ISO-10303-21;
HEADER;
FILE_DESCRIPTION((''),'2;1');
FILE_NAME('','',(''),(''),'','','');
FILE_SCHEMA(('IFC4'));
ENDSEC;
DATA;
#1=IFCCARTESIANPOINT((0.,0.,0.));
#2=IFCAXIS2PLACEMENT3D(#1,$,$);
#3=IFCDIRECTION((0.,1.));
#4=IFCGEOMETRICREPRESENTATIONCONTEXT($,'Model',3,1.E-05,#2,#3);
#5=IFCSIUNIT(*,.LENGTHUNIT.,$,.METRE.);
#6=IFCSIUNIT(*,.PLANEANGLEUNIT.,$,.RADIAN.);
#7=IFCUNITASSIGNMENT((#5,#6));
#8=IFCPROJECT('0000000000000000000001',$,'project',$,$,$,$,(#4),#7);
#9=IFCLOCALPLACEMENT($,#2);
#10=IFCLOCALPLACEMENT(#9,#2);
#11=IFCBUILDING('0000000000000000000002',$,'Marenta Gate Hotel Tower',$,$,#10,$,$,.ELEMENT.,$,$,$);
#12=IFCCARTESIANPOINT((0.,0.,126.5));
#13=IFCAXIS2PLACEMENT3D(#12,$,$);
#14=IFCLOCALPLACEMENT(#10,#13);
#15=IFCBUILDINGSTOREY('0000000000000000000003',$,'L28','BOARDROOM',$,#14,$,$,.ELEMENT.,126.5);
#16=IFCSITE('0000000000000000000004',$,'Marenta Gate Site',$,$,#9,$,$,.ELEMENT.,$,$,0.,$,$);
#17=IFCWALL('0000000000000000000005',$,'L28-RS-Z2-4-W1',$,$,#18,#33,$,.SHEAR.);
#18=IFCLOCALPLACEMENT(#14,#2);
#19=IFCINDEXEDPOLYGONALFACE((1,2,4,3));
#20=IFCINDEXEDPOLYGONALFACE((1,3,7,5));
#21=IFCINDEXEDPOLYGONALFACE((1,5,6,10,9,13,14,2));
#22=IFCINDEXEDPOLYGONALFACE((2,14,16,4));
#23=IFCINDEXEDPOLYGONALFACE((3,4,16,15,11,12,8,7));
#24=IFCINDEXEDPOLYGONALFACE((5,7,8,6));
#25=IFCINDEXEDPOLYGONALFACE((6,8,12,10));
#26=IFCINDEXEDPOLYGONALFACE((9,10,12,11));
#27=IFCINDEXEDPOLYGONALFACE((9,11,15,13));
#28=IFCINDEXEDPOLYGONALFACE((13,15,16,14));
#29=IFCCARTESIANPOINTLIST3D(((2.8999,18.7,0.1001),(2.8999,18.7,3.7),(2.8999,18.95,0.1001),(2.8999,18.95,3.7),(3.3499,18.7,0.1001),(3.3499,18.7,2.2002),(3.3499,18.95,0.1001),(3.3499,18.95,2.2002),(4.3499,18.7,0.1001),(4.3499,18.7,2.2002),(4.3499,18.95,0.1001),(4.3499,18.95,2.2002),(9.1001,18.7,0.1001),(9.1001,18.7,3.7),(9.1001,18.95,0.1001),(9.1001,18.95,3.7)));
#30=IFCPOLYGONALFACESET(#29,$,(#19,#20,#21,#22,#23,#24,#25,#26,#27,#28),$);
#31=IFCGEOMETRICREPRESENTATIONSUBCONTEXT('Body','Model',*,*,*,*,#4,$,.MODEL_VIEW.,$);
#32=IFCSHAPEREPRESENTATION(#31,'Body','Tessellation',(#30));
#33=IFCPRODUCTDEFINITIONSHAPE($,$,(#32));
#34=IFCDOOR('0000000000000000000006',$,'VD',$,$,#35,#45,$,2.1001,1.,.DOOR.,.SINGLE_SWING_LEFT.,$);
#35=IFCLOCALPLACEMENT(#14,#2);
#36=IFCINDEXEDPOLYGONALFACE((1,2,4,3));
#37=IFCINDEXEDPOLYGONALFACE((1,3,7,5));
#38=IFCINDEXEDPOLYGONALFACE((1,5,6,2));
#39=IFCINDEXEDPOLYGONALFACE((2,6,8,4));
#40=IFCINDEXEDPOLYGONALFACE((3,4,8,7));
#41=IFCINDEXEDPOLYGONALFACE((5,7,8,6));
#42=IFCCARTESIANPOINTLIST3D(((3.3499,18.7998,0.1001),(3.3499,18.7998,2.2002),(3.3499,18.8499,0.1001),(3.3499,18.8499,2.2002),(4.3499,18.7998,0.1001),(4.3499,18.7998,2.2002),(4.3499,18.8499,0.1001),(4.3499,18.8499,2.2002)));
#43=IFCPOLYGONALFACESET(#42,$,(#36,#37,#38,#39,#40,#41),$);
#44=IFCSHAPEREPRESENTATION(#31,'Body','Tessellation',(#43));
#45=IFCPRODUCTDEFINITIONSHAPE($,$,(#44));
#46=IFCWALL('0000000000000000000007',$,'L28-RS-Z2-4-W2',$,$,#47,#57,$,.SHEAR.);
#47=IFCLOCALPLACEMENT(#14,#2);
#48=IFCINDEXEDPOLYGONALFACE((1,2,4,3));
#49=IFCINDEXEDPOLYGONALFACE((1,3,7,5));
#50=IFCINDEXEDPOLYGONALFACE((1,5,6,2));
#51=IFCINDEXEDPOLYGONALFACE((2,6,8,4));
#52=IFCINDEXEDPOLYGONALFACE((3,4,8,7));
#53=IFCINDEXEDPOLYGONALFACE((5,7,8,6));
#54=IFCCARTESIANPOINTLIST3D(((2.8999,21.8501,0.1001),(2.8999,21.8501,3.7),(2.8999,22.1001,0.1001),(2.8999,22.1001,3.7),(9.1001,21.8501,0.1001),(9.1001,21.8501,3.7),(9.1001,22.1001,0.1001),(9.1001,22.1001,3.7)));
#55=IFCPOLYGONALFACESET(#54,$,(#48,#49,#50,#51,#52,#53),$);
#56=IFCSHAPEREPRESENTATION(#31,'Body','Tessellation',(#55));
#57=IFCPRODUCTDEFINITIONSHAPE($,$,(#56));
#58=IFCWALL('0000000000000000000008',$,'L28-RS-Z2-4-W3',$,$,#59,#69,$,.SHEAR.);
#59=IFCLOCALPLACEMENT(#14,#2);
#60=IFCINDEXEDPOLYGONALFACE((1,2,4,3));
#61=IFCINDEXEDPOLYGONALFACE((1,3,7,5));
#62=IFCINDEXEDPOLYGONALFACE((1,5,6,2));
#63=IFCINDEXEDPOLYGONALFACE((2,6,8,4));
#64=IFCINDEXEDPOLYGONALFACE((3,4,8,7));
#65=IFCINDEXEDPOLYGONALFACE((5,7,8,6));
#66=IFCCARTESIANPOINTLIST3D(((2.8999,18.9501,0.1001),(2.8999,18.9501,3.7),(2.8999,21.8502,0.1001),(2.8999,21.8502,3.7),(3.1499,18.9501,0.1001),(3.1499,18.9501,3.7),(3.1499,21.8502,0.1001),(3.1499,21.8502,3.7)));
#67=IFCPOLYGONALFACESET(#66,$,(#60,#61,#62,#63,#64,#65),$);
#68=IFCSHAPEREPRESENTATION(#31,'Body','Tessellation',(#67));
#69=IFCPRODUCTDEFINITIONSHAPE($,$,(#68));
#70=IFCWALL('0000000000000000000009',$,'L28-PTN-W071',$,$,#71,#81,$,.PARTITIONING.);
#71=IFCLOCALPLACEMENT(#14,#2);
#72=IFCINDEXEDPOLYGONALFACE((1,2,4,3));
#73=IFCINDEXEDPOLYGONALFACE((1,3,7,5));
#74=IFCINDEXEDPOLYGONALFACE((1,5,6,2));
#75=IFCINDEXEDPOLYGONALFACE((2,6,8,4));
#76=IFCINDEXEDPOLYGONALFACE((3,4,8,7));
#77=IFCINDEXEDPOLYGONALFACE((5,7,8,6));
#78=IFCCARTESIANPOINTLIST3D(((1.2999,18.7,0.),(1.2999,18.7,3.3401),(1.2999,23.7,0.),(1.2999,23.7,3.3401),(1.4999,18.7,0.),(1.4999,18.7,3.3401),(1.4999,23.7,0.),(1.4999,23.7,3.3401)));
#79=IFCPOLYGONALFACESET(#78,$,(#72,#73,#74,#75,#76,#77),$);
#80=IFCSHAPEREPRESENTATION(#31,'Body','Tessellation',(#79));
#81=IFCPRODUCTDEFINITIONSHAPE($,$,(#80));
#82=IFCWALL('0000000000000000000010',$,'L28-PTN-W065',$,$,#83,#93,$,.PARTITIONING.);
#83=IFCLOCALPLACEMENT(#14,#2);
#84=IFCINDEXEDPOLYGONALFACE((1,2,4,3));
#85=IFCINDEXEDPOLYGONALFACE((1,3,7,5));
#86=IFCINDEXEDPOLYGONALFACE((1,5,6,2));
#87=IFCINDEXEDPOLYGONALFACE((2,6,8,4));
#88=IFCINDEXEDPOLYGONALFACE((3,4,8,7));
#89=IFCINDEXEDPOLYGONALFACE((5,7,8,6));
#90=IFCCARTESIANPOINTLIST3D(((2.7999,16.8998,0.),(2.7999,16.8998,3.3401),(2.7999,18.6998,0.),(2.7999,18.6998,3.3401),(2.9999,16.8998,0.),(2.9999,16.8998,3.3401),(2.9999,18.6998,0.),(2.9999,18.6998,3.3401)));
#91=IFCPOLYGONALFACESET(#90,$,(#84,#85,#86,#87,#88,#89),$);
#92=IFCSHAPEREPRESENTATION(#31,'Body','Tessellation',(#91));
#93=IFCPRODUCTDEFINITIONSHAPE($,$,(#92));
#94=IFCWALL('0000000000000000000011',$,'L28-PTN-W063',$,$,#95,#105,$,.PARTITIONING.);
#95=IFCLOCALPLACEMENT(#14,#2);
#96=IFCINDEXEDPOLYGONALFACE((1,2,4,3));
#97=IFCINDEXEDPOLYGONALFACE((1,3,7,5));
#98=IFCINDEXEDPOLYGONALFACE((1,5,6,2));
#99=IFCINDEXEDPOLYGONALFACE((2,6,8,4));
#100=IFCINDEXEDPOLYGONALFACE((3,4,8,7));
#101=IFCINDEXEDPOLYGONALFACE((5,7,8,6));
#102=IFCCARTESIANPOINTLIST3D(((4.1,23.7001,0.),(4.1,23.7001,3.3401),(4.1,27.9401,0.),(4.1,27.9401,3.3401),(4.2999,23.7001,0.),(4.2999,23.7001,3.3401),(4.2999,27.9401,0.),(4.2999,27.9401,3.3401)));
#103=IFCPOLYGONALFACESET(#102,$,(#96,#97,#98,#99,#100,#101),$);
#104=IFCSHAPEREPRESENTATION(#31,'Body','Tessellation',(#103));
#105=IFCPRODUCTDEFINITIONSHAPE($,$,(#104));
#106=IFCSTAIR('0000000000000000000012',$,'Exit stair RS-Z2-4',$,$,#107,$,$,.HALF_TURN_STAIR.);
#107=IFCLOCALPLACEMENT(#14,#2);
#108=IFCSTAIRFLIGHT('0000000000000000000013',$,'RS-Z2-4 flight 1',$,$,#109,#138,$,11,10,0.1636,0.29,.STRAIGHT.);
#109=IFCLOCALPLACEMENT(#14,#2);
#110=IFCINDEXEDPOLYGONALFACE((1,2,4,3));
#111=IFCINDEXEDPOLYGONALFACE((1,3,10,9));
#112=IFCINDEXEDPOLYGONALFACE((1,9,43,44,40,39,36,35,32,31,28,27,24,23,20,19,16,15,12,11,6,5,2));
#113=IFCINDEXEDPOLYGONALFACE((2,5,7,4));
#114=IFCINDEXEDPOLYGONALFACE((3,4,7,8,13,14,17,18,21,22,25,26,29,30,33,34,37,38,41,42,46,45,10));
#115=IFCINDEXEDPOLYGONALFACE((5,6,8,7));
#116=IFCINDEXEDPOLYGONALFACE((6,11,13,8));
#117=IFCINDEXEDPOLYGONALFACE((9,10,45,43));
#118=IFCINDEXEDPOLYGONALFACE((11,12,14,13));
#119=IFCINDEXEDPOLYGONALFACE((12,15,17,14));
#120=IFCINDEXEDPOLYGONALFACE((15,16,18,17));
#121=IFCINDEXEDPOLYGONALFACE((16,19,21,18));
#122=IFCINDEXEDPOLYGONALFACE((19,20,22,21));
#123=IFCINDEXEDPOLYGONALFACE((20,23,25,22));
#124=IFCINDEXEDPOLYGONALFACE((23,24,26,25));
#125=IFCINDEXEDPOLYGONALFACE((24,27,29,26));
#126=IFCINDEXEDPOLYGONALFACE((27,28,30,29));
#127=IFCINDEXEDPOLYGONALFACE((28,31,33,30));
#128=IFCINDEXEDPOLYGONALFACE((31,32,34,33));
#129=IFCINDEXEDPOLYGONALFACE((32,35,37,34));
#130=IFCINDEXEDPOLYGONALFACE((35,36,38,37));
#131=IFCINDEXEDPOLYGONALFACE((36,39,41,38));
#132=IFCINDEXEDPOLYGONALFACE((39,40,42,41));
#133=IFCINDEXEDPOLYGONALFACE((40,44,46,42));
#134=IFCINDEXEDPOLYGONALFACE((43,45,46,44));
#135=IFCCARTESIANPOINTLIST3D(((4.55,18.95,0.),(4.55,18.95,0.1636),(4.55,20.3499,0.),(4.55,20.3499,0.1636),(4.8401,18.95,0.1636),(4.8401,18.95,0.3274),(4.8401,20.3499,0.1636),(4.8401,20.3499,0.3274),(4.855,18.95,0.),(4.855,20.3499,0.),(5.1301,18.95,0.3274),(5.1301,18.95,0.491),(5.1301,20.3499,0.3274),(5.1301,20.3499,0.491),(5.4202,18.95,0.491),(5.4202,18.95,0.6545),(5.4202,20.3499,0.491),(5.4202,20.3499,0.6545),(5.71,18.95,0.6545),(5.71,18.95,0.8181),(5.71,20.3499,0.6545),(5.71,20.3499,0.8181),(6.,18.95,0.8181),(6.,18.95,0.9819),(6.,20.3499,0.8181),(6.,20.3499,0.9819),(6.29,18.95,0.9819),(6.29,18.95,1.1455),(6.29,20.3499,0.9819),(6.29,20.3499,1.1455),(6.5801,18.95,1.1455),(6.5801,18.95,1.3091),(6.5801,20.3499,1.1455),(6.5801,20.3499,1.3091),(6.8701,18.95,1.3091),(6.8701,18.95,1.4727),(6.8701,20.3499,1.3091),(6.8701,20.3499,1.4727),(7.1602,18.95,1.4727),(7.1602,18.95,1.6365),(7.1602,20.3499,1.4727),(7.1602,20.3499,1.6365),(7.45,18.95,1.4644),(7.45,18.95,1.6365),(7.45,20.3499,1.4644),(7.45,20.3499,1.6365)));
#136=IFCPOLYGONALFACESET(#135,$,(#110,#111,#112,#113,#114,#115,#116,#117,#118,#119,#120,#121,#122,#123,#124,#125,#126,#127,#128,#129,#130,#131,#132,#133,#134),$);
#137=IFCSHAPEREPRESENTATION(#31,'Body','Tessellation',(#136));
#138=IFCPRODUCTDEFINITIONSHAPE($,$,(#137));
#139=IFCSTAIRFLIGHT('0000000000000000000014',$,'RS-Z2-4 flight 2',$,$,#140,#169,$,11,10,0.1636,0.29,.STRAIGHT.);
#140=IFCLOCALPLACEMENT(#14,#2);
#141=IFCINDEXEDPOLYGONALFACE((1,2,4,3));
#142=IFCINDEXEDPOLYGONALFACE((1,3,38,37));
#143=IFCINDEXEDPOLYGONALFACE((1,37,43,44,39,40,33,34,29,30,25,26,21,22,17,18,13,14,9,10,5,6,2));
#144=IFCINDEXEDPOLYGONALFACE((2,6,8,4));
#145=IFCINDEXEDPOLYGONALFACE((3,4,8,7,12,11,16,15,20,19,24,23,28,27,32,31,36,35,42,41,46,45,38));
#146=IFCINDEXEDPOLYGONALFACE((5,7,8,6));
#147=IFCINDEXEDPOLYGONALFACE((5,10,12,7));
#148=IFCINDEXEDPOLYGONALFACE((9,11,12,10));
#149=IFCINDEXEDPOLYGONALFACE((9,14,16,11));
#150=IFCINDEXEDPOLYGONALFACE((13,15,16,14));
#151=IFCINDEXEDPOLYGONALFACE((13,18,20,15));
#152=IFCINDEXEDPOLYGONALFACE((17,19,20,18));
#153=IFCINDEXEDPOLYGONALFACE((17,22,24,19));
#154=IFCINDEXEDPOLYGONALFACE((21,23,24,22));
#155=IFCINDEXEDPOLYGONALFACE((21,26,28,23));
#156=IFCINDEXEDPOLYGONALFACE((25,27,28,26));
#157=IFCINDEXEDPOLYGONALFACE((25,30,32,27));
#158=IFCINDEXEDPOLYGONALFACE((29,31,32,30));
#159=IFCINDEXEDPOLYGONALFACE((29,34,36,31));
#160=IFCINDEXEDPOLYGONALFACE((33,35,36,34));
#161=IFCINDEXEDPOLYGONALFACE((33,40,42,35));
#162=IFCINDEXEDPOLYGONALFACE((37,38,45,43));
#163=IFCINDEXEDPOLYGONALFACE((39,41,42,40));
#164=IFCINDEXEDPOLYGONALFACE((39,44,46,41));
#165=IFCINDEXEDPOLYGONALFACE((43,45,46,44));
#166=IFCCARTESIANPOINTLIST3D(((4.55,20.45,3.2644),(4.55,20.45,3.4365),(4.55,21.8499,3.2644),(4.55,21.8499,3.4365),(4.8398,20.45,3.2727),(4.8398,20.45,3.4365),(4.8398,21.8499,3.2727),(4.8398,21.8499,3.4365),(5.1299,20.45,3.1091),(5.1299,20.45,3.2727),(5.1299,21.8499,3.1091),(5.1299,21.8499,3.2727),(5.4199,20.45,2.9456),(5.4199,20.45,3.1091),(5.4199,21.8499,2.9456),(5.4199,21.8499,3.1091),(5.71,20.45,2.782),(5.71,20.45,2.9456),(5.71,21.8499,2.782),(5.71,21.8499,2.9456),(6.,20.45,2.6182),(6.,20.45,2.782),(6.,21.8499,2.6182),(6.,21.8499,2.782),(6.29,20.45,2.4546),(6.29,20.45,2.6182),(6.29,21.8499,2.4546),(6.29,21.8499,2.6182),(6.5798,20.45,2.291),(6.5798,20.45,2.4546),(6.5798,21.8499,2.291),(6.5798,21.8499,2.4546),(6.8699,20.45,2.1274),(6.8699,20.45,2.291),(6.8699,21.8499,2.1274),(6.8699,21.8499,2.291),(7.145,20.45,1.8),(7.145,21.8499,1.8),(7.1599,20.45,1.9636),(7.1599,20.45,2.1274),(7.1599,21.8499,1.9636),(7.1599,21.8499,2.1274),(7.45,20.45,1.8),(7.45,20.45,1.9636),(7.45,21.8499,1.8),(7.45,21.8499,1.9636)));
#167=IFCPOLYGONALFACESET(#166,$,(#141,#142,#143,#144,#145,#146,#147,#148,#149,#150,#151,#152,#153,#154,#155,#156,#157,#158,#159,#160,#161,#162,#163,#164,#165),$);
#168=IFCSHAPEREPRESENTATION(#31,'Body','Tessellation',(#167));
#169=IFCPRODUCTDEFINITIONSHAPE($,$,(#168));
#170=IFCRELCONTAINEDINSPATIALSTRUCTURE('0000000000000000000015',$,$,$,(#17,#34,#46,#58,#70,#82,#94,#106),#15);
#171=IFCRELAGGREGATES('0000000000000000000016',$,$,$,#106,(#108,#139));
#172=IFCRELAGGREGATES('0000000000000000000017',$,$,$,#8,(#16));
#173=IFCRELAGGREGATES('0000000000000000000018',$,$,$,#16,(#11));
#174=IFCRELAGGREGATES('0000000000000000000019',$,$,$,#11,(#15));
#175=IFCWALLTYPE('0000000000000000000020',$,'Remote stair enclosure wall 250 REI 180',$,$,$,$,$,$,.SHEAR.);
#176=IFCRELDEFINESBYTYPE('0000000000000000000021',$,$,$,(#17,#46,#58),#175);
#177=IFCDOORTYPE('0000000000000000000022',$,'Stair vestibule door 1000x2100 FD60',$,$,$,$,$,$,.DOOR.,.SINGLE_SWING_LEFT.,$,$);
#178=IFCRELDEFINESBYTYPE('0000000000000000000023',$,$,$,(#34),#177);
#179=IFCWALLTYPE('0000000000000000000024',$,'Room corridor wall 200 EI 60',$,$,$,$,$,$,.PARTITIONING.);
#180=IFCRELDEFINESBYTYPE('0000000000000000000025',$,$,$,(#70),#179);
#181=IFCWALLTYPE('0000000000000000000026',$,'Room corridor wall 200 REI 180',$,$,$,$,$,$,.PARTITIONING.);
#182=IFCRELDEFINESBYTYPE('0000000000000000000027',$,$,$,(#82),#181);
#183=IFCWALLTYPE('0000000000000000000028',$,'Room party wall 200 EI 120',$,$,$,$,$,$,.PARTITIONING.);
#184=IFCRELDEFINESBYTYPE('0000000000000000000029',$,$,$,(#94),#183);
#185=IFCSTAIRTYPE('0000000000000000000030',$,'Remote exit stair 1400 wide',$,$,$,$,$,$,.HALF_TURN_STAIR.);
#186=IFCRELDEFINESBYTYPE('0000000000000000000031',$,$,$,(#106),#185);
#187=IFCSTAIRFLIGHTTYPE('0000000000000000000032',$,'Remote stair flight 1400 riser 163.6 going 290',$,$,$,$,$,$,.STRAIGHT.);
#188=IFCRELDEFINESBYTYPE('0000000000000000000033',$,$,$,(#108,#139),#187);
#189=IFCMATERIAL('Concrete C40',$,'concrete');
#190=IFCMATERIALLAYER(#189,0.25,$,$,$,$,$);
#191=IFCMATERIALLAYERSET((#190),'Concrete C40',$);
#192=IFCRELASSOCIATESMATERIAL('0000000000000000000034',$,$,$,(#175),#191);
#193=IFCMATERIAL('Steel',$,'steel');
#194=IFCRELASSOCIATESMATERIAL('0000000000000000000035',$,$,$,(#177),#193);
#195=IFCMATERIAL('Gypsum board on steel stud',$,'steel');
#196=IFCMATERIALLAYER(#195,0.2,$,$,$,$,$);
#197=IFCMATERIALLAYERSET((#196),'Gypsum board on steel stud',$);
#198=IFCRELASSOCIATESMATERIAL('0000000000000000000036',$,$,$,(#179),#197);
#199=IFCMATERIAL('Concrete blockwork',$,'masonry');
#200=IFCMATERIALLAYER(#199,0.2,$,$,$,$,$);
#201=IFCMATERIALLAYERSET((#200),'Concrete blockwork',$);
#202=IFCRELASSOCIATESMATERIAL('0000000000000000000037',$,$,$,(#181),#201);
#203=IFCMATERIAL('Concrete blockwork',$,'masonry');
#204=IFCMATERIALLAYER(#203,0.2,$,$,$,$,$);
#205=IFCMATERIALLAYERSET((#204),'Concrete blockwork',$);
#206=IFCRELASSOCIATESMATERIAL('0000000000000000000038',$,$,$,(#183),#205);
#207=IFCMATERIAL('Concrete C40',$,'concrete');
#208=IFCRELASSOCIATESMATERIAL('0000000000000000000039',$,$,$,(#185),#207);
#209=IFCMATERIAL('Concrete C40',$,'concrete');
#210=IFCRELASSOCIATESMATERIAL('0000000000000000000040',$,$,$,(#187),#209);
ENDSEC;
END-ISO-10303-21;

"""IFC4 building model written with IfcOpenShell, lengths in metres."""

from ifc_helpers import new_model, si_unit, direction, frame, frame_2d, origin, place, context, subcontext, project, spatial, polyline, rectangle, outline, extrude, material, layer, layer_set, type_object, element, fill, aggregate, save


model = new_model("IFC4")

# Units and contexts
model_context = context("Model", 3, precision=1e-05, world=origin(), true_north=direction((0.0, 1.0)))
body_context = subcontext(model_context, "Body", "Model", "MODEL_VIEW")
ifc_project = project(units=[si_unit("LENGTHUNIT", "METRE"), si_unit("PLANEANGLEUNIT", "RADIAN")], contexts=[model_context])

# Site, building, storey
site_placement = place(None, origin())
site = spatial("IfcSite", under=ifc_project, at=site_placement, Name="Marenta Gate Site", CompositionType="ELEMENT", RefElevation=0.0)
building_placement = place(site_placement, origin())
building = spatial("IfcBuilding", under=site, at=building_placement, Name="Marenta Gate Hotel Tower", CompositionType="ELEMENT")
storey_placement = place(building_placement, frame((0.0, 0.0, 126.5)))
storey = spatial("IfcBuildingStorey", under=building, at=storey_placement, Name="L28", Description="BOARDROOM", CompositionType="ELEMENT", Elevation=126.5)

# Wall, opening, door
ifc_material_1 = material(Name="Concrete C40", Category="concrete")
ifc_layer_1 = layer(ifc_material_1, 0.25)
ifc_layer_set_1 = layer_set([ifc_layer_1], Name="Concrete C40")
wall_type_1 = type_object("IfcWallType", Name="Remote stair enclosure wall 250 REI 180", PredefinedType="SHEAR", material=ifc_layer_set_1)
wall_1_placement = place(storey_placement, frame((2.8999, 18.825, 0.1001), z_axis=(0.0, 0.0, 1.0), x_axis=(1.0, 0.0, 0.0)))
wall_1 = element("IfcWall", 1, at=wall_1_placement, inside=storey, type_object=wall_type_1, Name="L28-RS-Z2-4-W1", PredefinedType="SHEAR", context=body_context, shape_type="SweptSolid", body=[
    extrude(rectangle(XDim=6.2002, YDim=0.25, at=frame_2d((3.1001, 0.0))), origin(), (0.0, 0.0, 1.0), 3.5999),
])
opening_1_placement = place(wall_1_placement, frame((0.45, 0.0, 0.0)))
opening_1 = element("IfcOpeningElement", 2, at=opening_1_placement, cuts=wall_1, PredefinedType="OPENING", context=body_context, shape_type="SweptSolid", body=[
    extrude(rectangle(XDim=1.0, YDim=2.1001, at=frame_2d((0.5, 1.05))), frame((0.0, 0.125, 0.0), z_axis=(0.0, -1.0, 0.0), x_axis=(1.0, 0.0, 0.0)), (0.0, 0.0, 1.0), 0.25),
])
ifc_material_2 = material(Name="Steel", Category="steel")
door_type_1 = type_object("IfcDoorType", Name="Stair vestibule door 1000x2100 FD60", OperationType="SINGLE_SWING_LEFT", PredefinedType="DOOR", material=ifc_material_2)
door_1_placement = place(opening_1_placement, origin())
door_1 = element("IfcDoor", 3, at=door_1_placement, inside=storey, type_object=door_type_1, Name="VD", OperationType="SINGLE_SWING_LEFT", OverallHeight=2.1001, OverallWidth=1.0, PredefinedType="DOOR", context=body_context, shape_type="SweptSolid", body=[
    extrude(rectangle(XDim=1.0, YDim=2.1001, at=frame_2d((0.5, 1.05))), frame((0.0, 0.0249, 0.0), z_axis=(0.0, -1.0, 0.0), x_axis=(1.0, 0.0, 0.0)), (0.0, 0.0, 1.0), 0.05),
])
fill(opening_1, door_1)

# Walls
wall_2_placement = place(storey_placement, frame((2.8999, 21.9751, 0.1001), z_axis=(0.0, 0.0, 1.0), x_axis=(1.0, 0.0, 0.0)))
element("IfcWall", 4, at=wall_2_placement, inside=storey, type_object=wall_type_1, Name="L28-RS-Z2-4-W2", PredefinedType="SHEAR", context=body_context, shape_type="SweptSolid", body=[
    extrude(rectangle(XDim=6.2002, YDim=0.25, at=frame_2d((3.1001, 0.0))), origin(), (0.0, 0.0, 1.0), 3.5999),
])
wall_3_placement = place(storey_placement, frame((3.0249, 18.95, 0.1001), z_axis=(0.0, 0.0, 1.0), x_axis=(0.0, 1.0, 0.0)))
element("IfcWall", 5, at=wall_3_placement, inside=storey, type_object=wall_type_1, Name="L28-RS-Z2-4-W3", PredefinedType="SHEAR", context=body_context, shape_type="SweptSolid", body=[
    extrude(rectangle(XDim=2.9001, YDim=0.25, at=frame_2d((1.4502, 0.0))), origin(), (0.0, 0.0, 1.0), 3.5999),
])

# Walls
ifc_material_3 = material(Name="Gypsum board on steel stud", Category="steel")
ifc_layer_2 = layer(ifc_material_3, 0.2)
ifc_layer_set_2 = layer_set([ifc_layer_2], Name="Gypsum board on steel stud")
wall_type_2 = type_object("IfcWallType", Name="Room corridor wall 200 EI 60", PredefinedType="PARTITIONING", material=ifc_layer_set_2)
wall_4_placement = place(storey_placement, frame((1.3999, 18.7, 0.0), z_axis=(0.0, 0.0, 1.0), x_axis=(0.0, 1.0, 0.0)))
element("IfcWall", 6, at=wall_4_placement, inside=storey, type_object=wall_type_2, Name="L28-PTN-W071", PredefinedType="PARTITIONING", context=body_context, shape_type="SweptSolid", body=[
    extrude(rectangle(XDim=5.0, YDim=0.2, at=frame_2d((2.5, 0.0))), origin(), (0.0, 0.0, 1.0), 3.3401),
])
ifc_material_4 = material(Name="Concrete blockwork", Category="masonry")
ifc_layer_3 = layer(ifc_material_4, 0.2)
ifc_layer_set_3 = layer_set([ifc_layer_3], Name="Concrete blockwork")
wall_type_3 = type_object("IfcWallType", Name="Room corridor wall 200 REI 180", PredefinedType="PARTITIONING", material=ifc_layer_set_3)
wall_5_placement = place(storey_placement, frame((2.8999, 16.8999, 0.0), z_axis=(0.0, 0.0, 1.0), x_axis=(0.0, 1.0, 0.0)))
element("IfcWall", 7, at=wall_5_placement, inside=storey, type_object=wall_type_3, Name="L28-PTN-W065", PredefinedType="PARTITIONING", context=body_context, shape_type="SweptSolid", body=[
    extrude(rectangle(XDim=1.8, YDim=0.2, at=frame_2d((0.8999, 0.0))), origin(), (0.0, 0.0, 1.0), 3.3401),
])
ifc_material_5 = material(Name="Concrete blockwork", Category="masonry")
ifc_layer_4 = layer(ifc_material_5, 0.2)
ifc_layer_set_4 = layer_set([ifc_layer_4], Name="Concrete blockwork")
wall_type_4 = type_object("IfcWallType", Name="Room party wall 200 EI 120", PredefinedType="PARTITIONING", material=ifc_layer_set_4)
wall_6_placement = place(storey_placement, frame((4.2, 23.7, 0.0), z_axis=(0.0, 0.0, 1.0), x_axis=(0.0, 1.0, 0.0)))
element("IfcWall", 8, at=wall_6_placement, inside=storey, type_object=wall_type_4, Name="L28-PTN-W063", PredefinedType="PARTITIONING", context=body_context, shape_type="SweptSolid", body=[
    extrude(rectangle(XDim=4.24, YDim=0.2, at=frame_2d((2.1201, 0.0))), origin(), (0.0, 0.0, 1.0), 3.3401),
])

# Stair, stair flights
ifc_material_6 = material(Name="Concrete C40", Category="concrete")
stair_type = type_object("IfcStairType", Name="Remote exit stair 1400 wide", PredefinedType="HALF_TURN_STAIR", material=ifc_material_6)
stair_placement = place(storey_placement, origin())
stair = element("IfcStair", 9, at=stair_placement, inside=storey, type_object=stair_type, Name="Exit stair RS-Z2-4", PredefinedType="HALF_TURN_STAIR")
ifc_material_7 = material(Name="Concrete C40", Category="concrete")
stair_flight_type = type_object("IfcStairFlightType", Name="Remote stair flight 1400 riser 163.6 going 290", PredefinedType="STRAIGHT", material=ifc_material_7)
stair_flight_1_placement = place(storey_placement, frame((4.55, 19.6499, 0.0), z_axis=(0.0, 0.0, 1.0), x_axis=(1.0, 0.0, 0.0)))
stair_flight_1 = element("IfcStairFlight", 10, at=stair_flight_1_placement, type_object=stair_flight_type, Name="RS-Z2-4 flight 1", NumberOfRisers=11, NumberOfTreads=10, PredefinedType="STRAIGHT", RiserHeight=0.1636, TreadLength=0.29, context=body_context, shape_type="SweptSolid", body=[
    extrude(outline(polyline([(0.0, 0.0), (0.0, 0.1636), (0.29, 0.1636), (0.29, 0.3274), (0.5801, 0.3274), (0.5801, 0.491), (0.8701, 0.491), (0.8701, 0.6545), (1.1599, 0.6545), (1.1599, 0.8181), (1.45, 0.8181), (1.45, 0.9819), (1.74, 0.9819), (1.74, 1.1455), (2.03, 1.1455), (2.03, 1.3091), (2.3201, 1.3091), (2.3201, 1.4727), (2.6101, 1.4727), (2.6101, 1.6365), (2.8999, 1.6365), (2.8999, 1.8), (2.8999, 1.4644), (0.3049, 0.0), (0.0, 0.0)])), frame((0.0, 0.7, 0.0), z_axis=(0.0, -1.0, 0.0), x_axis=(1.0, 0.0, 0.0)), (0.0, 0.0, 1.0), 1.3999),
])
stair_flight_2_placement = place(storey_placement, frame((7.45, 21.1499, 1.8), z_axis=(0.0, 0.0, 1.0), x_axis=(-1.0, 0.0, 0.0)))
stair_flight_2 = element("IfcStairFlight", 11, at=stair_flight_2_placement, type_object=stair_flight_type, Name="RS-Z2-4 flight 2", NumberOfRisers=11, NumberOfTreads=10, PredefinedType="STRAIGHT", RiserHeight=0.1636, TreadLength=0.29, context=body_context, shape_type="SweptSolid", body=[
    extrude(outline(polyline([(0.0, 0.0), (0.0, 0.1636), (0.29, 0.1636), (0.29, 0.3274), (0.5801, 0.3274), (0.5801, 0.491), (0.8701, 0.491), (0.8701, 0.6545), (1.1599, 0.6545), (1.1599, 0.8181), (1.45, 0.8181), (1.45, 0.9819), (1.74, 0.9819), (1.74, 1.1455), (2.03, 1.1455), (2.03, 1.3091), (2.3201, 1.3091), (2.3201, 1.4727), (2.6101, 1.4727), (2.6101, 1.6365), (2.8999, 1.6365), (2.8999, 1.8), (2.8999, 1.4644), (0.3049, 0.0), (0.0, 0.0)])), frame((0.0, 0.7, 0.0), z_axis=(0.0, -1.0, 0.0), x_axis=(1.0, 0.0, 0.0)), (0.0, 0.0, 1.0), 1.3999),
])
aggregate(stair, [stair_flight_1, stair_flight_2])

save(model, "model.ifc")
